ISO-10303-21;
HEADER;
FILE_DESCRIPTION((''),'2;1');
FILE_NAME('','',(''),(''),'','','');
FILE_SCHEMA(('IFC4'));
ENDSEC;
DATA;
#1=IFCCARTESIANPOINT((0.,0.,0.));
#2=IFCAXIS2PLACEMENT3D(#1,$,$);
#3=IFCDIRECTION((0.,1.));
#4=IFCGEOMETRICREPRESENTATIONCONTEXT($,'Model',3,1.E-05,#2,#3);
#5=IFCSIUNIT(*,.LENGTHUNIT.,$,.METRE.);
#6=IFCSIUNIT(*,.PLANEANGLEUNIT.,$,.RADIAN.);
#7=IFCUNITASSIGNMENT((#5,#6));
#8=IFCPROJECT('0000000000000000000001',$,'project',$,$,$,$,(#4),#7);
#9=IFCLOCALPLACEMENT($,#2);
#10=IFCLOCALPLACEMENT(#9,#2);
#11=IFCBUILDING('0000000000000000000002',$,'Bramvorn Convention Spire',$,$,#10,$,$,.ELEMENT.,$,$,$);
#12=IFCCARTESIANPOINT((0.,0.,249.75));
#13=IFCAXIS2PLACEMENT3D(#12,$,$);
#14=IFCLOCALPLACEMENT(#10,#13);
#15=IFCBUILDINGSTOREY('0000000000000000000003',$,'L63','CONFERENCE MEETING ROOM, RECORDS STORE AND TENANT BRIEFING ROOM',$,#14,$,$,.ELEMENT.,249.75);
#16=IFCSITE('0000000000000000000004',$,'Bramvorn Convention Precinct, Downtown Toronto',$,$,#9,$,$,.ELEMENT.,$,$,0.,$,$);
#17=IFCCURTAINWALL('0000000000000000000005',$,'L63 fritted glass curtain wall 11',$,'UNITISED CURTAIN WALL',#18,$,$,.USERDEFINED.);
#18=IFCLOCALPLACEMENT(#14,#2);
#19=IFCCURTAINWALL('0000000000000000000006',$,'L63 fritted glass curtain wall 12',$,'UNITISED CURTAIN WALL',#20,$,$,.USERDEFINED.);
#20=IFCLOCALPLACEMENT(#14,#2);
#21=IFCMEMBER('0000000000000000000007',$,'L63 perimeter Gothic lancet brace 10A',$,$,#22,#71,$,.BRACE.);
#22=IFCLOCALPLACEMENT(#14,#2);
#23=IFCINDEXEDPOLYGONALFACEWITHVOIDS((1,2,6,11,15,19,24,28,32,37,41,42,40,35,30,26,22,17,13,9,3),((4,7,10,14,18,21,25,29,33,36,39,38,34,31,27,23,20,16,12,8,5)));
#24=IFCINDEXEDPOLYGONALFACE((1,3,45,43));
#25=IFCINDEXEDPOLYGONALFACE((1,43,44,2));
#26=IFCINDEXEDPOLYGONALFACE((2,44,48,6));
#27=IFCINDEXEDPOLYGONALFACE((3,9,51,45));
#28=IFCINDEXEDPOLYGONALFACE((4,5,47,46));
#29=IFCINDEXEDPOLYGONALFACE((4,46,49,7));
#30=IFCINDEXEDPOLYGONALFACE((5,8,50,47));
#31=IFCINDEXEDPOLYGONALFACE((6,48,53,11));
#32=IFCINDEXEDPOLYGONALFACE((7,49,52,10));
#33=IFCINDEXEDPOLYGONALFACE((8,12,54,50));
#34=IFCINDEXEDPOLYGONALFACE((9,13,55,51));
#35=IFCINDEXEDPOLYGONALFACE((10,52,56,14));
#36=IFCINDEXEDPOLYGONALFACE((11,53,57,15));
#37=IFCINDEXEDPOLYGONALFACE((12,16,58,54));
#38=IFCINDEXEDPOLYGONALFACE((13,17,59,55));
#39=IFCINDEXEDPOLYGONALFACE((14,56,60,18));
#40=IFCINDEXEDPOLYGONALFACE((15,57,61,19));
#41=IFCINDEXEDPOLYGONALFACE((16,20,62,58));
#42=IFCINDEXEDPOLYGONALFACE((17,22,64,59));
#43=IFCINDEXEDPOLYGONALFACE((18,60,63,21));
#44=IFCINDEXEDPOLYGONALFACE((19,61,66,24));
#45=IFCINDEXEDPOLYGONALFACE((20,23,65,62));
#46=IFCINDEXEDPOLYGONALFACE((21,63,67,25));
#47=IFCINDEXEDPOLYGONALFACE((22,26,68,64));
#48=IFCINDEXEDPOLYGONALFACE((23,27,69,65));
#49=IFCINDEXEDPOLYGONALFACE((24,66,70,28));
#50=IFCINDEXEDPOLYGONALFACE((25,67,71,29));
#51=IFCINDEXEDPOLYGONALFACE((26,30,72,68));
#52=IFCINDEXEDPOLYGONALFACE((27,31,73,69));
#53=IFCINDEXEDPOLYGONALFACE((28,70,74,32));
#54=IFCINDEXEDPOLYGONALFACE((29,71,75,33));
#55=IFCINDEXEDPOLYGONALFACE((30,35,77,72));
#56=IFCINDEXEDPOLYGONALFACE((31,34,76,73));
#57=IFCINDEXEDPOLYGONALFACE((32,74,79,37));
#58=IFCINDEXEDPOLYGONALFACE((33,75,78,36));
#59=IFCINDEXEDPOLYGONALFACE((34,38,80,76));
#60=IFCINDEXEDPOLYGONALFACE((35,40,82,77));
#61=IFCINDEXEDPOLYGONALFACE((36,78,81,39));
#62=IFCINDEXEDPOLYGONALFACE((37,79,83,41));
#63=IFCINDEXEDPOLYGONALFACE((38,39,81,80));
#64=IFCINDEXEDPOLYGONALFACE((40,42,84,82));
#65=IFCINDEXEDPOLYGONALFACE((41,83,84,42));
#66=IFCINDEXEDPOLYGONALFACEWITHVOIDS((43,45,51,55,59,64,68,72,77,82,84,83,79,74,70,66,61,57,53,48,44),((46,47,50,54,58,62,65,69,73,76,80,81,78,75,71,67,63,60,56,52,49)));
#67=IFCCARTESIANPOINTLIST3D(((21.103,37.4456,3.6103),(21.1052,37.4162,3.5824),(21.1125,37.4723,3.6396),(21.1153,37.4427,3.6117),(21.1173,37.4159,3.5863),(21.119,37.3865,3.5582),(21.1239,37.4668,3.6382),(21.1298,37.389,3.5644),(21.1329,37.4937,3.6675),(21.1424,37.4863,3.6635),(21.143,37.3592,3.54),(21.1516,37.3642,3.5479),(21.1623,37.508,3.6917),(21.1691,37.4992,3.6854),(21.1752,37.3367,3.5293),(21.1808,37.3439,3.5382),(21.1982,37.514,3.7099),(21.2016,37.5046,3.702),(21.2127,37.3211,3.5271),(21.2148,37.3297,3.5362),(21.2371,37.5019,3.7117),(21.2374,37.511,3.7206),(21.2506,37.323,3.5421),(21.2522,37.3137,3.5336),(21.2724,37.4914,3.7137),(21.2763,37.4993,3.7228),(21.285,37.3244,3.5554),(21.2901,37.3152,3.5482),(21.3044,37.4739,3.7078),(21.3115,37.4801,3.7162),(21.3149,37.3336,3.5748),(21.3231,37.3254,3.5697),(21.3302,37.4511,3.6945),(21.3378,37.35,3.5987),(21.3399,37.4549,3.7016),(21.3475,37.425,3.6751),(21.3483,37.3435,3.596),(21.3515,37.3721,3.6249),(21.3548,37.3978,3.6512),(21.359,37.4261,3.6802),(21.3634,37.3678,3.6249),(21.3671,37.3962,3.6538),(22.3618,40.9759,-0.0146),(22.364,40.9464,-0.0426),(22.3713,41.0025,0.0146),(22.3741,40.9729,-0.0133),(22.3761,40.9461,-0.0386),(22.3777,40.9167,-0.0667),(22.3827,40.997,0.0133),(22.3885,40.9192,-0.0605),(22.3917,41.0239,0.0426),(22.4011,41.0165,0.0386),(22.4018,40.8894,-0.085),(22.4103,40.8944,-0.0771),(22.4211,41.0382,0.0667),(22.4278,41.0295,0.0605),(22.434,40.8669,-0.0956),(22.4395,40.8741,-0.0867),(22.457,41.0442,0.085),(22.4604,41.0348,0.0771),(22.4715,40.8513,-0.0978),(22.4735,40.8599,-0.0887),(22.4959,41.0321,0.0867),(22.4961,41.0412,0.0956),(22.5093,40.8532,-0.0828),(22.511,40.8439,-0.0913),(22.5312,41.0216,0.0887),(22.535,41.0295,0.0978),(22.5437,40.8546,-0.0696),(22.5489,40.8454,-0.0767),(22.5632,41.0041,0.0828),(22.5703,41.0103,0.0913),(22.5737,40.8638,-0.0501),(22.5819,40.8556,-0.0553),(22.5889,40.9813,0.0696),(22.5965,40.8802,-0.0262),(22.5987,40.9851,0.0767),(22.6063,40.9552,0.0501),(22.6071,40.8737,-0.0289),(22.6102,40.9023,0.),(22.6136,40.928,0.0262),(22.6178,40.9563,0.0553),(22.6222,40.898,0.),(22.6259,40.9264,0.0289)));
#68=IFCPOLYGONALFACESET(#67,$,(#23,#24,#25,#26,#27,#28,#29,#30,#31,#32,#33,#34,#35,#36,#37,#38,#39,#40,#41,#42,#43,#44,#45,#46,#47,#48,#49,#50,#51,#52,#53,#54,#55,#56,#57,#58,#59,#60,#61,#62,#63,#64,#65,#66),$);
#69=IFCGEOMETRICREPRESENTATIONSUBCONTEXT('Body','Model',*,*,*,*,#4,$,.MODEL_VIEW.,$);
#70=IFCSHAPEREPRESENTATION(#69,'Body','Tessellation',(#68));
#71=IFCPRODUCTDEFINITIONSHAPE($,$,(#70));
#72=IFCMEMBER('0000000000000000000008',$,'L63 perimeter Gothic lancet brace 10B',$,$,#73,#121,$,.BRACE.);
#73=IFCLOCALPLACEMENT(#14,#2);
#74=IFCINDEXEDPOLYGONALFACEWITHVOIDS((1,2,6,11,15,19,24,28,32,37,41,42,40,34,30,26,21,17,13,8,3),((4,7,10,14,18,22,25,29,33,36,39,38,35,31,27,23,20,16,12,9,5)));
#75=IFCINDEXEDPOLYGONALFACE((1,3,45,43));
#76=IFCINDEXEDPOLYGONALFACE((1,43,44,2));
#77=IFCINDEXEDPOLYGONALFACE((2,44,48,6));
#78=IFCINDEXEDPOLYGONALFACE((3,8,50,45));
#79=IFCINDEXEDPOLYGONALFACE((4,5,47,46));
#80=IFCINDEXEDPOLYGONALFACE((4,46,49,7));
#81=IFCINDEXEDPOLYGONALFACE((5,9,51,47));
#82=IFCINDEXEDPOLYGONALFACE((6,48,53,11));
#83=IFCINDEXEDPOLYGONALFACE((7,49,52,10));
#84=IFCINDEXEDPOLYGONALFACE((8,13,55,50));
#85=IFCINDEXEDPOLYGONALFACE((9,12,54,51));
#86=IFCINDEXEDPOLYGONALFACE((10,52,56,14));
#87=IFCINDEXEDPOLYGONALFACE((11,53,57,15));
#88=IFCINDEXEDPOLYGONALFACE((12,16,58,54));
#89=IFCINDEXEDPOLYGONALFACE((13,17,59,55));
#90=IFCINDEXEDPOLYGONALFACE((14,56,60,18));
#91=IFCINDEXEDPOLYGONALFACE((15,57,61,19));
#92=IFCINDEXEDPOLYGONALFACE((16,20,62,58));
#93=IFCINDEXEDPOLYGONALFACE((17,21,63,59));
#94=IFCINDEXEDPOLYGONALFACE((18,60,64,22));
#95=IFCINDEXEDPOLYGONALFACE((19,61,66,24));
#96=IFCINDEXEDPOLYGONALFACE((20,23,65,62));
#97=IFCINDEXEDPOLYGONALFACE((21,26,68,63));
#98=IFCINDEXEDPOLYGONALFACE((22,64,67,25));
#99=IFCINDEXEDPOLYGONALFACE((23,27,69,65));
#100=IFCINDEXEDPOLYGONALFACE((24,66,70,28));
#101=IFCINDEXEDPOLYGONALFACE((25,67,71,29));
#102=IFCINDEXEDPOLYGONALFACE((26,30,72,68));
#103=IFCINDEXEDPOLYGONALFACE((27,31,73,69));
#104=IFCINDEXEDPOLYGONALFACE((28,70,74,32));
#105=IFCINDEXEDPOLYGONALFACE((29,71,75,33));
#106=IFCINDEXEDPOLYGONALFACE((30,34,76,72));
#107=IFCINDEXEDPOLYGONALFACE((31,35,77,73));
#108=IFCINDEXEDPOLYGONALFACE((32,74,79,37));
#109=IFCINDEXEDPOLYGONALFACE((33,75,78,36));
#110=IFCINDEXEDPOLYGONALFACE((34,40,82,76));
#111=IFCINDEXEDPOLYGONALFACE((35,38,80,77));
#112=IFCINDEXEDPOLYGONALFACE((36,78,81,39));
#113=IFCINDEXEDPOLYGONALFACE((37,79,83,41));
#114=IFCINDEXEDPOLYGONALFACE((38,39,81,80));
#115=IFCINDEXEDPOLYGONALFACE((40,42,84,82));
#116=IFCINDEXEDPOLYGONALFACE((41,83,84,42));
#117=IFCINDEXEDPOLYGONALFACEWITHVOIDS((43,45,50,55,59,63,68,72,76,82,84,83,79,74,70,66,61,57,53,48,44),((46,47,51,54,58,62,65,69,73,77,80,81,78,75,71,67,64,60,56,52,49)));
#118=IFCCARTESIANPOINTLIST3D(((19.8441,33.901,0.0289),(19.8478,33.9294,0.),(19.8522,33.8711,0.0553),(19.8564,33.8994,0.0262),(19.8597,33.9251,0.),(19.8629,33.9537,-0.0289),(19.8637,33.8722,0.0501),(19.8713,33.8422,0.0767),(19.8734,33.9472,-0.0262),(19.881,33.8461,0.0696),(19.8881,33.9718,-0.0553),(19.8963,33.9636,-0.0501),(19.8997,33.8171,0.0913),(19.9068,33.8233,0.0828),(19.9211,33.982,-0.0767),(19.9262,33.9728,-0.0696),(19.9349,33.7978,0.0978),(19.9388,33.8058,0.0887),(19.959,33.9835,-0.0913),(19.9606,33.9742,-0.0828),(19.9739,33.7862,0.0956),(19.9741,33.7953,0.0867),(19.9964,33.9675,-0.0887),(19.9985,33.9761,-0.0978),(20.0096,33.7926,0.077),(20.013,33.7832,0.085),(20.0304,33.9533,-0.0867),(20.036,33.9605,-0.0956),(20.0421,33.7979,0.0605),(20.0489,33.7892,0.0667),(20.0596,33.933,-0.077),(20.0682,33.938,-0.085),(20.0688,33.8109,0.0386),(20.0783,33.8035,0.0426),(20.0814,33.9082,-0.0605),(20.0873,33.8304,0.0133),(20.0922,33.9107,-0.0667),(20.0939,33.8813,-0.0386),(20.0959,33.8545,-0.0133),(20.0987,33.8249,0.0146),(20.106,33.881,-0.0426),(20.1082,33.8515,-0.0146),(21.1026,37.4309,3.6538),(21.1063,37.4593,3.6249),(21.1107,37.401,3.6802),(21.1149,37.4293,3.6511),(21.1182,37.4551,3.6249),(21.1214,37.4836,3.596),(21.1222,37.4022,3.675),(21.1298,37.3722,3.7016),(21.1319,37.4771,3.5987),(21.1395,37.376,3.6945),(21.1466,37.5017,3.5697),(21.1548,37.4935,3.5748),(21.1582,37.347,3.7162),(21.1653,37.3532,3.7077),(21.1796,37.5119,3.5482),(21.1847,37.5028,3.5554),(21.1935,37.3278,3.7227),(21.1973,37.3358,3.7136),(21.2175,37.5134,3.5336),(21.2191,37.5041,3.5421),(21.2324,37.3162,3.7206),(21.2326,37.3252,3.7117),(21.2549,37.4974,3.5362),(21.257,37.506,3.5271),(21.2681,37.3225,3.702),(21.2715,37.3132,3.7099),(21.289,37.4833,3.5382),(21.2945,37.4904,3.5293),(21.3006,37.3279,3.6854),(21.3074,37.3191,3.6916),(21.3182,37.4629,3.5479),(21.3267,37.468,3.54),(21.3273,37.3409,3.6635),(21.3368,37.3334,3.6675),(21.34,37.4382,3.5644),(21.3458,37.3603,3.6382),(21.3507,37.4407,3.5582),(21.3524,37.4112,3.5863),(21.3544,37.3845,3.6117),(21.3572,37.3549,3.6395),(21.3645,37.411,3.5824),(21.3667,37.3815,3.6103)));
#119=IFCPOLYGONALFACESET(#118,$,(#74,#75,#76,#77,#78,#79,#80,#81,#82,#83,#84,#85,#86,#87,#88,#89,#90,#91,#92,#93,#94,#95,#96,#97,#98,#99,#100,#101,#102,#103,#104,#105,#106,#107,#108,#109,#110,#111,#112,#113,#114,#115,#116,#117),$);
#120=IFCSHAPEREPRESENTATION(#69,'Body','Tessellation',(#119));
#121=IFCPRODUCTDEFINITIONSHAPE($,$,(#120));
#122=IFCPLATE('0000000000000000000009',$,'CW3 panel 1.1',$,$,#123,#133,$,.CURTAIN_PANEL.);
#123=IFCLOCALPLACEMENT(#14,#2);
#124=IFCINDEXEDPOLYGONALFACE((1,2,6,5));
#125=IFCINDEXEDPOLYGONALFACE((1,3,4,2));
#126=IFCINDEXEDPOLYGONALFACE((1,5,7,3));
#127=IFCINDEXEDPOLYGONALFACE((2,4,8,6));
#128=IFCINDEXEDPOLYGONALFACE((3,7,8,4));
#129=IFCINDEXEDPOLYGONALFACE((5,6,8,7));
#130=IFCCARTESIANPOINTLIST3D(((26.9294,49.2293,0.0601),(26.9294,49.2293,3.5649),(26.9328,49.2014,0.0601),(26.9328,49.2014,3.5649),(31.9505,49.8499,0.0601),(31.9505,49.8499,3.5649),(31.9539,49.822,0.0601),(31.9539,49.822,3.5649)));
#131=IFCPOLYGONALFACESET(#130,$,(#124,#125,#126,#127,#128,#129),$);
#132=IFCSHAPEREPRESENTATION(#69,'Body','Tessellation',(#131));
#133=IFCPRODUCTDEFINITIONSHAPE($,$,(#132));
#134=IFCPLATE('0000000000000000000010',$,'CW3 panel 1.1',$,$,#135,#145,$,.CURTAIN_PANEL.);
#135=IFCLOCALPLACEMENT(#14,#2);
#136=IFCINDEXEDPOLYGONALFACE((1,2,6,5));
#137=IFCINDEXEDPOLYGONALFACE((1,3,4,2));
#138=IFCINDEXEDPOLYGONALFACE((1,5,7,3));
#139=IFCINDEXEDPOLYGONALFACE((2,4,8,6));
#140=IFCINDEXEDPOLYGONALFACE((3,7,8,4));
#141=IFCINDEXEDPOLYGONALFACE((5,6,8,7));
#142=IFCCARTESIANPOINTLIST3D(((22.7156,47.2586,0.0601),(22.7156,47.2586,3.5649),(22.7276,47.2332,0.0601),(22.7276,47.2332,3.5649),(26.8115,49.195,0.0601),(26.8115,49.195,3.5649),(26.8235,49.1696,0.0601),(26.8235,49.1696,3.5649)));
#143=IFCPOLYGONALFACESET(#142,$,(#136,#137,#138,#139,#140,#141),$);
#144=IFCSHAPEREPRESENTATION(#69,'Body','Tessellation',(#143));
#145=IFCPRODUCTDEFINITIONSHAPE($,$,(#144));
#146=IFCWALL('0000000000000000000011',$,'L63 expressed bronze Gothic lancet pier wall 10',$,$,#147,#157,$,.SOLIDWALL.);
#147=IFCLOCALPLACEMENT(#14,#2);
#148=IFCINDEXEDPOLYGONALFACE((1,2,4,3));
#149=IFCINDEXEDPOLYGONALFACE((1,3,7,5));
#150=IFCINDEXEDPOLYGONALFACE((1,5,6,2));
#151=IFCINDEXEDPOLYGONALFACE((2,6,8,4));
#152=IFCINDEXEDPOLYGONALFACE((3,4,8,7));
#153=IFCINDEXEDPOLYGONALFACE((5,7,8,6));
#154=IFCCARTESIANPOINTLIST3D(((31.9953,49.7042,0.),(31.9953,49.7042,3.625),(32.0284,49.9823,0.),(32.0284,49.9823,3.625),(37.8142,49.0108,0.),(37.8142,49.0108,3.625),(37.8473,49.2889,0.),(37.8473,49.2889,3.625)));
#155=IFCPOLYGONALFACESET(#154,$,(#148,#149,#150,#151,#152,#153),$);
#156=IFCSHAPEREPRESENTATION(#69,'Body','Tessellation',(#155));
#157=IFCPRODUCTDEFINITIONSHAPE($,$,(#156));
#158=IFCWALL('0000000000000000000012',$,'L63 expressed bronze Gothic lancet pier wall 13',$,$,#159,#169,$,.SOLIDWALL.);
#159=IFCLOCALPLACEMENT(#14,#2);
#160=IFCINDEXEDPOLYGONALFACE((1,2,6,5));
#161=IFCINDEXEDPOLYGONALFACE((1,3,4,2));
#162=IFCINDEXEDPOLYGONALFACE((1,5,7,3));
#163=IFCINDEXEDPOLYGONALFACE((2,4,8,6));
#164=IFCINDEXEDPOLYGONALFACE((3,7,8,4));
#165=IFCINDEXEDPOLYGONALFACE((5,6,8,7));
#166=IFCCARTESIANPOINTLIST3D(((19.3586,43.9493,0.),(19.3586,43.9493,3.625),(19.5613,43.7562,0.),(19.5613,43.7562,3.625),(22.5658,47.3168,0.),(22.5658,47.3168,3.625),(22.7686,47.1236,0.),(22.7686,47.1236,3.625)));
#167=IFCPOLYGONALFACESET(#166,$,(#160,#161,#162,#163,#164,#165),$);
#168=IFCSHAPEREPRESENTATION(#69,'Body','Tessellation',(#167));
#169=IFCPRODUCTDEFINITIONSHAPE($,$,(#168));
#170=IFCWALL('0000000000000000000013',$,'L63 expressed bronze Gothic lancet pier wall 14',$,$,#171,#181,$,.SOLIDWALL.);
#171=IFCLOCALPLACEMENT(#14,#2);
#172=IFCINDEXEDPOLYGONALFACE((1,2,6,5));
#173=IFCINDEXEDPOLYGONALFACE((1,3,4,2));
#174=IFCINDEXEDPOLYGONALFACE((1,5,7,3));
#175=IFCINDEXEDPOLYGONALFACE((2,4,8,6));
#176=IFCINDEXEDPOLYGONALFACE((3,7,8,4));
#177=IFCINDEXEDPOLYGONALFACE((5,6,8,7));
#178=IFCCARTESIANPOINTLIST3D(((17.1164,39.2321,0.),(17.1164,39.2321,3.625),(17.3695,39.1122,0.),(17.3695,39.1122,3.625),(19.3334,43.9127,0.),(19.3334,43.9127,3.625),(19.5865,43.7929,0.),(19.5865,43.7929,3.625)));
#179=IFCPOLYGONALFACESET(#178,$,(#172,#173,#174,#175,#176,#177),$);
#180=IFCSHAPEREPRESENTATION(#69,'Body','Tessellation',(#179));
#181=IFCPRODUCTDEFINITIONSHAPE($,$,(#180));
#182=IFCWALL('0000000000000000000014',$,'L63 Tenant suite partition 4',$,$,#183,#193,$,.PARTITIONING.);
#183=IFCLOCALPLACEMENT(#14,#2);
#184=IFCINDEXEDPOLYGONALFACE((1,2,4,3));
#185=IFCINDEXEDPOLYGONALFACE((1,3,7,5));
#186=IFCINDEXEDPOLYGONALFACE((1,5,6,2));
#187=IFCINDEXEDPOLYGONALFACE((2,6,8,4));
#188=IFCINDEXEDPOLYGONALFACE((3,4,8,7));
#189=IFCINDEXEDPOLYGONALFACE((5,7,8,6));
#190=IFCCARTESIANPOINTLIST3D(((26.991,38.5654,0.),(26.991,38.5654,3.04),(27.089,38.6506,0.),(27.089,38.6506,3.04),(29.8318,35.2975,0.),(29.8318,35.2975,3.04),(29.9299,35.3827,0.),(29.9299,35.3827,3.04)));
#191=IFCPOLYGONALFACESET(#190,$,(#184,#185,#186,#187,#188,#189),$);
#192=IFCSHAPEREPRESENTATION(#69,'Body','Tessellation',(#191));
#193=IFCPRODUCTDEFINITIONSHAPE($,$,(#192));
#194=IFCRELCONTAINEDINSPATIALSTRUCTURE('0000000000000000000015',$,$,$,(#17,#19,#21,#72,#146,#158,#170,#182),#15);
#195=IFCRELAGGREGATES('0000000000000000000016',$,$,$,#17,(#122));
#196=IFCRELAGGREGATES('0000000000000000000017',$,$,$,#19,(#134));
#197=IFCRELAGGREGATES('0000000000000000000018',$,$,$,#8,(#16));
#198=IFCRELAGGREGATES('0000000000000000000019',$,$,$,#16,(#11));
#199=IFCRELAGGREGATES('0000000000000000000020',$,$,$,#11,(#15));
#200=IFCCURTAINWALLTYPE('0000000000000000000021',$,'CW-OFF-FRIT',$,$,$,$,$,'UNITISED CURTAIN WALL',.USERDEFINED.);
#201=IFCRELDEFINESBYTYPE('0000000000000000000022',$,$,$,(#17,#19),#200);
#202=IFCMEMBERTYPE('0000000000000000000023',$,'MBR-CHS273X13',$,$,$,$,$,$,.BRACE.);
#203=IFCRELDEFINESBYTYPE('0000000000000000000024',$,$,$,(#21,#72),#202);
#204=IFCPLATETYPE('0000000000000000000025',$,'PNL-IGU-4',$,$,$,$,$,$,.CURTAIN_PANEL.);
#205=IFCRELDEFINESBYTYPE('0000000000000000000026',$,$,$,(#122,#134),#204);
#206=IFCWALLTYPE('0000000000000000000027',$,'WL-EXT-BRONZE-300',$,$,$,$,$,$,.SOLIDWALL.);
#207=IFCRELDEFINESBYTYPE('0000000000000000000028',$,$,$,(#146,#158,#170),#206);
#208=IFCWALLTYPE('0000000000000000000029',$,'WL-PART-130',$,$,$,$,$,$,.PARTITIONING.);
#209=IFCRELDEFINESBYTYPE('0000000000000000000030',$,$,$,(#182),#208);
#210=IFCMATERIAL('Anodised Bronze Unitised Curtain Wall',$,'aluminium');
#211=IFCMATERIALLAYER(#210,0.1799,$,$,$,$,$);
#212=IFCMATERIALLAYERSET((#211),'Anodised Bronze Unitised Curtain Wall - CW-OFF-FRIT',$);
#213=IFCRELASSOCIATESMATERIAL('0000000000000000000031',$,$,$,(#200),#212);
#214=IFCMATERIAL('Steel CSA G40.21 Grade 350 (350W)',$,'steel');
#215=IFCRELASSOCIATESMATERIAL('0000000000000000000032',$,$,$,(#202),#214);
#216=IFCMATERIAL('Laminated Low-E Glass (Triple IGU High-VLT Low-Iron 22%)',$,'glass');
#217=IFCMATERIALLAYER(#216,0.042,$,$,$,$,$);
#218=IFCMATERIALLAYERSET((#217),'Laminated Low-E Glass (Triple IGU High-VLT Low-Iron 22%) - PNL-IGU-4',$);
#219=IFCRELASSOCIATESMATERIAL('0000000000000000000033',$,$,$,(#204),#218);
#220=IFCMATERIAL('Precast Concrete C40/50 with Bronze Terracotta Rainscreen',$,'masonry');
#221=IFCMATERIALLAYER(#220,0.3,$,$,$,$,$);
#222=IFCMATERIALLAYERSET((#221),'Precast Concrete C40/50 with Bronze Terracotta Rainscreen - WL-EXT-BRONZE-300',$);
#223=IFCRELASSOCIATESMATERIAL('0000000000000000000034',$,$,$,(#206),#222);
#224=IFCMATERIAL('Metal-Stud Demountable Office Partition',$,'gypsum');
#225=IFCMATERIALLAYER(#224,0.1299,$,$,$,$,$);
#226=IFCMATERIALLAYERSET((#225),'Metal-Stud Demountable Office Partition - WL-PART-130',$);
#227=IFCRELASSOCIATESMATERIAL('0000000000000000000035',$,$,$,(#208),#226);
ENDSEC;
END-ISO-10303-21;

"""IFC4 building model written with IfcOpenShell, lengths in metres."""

from ifc_helpers import new_model, si_unit, direction, frame, frame_2d, origin, origin_2d, place, context, subcontext, project, spatial, rectangle, hollow_circle, extrude, material, layer, layer_set, material_profile, profile_set, type_object, element, aggregate, save


model = new_model("IFC4")

# Units and contexts
model_context = context("Model", 3, precision=1e-05, world=origin(), true_north=direction((0.0, 1.0)))
body_context = subcontext(model_context, "Body", "Model", "MODEL_VIEW")
ifc_project = project(units=[si_unit("LENGTHUNIT", "METRE"), si_unit("PLANEANGLEUNIT", "RADIAN")], contexts=[model_context])

# Site, building, storey
site_placement = place(None, origin())
site = spatial("IfcSite", under=ifc_project, at=site_placement, Name="Bramvorn Convention Precinct, Downtown Toronto", CompositionType="ELEMENT", RefElevation=0.0)
building_placement = place(site_placement, origin())
building = spatial("IfcBuilding", under=site, at=building_placement, Name="Bramvorn Convention Spire", CompositionType="ELEMENT")
storey_placement = place(building_placement, frame((0.0, 0.0, 249.75)))
storey = spatial("IfcBuildingStorey", under=building, at=storey_placement, Name="L63", Description="CONFERENCE MEETING ROOM, RECORDS STORE AND TENANT BRIEFING ROOM", CompositionType="ELEMENT", Elevation=249.75)

# Shared definitions
ifc_material_1 = material(Name="Steel CSA G40.21 Grade 350 (350W)", Category="steel")

# Curtain walls
ifc_material_2 = material(Name="Anodised Bronze Unitised Curtain Wall", Category="aluminium")
ifc_layer_1 = layer(ifc_material_2, 0.1799)
ifc_layer_set_1 = layer_set([ifc_layer_1], Name="Anodised Bronze Unitised Curtain Wall - CW-OFF-FRIT")
curtain_wall_type = type_object("IfcCurtainWallType", Name="CW-OFF-FRIT", ElementType="UNITISED CURTAIN WALL", PredefinedType="USERDEFINED", material=ifc_layer_set_1)
curtain_wall_1_placement = place(storey_placement, origin())
curtain_wall_1 = element("IfcCurtainWall", 1, at=curtain_wall_1_placement, inside=storey, type_object=curtain_wall_type, Name="L63 fritted glass curtain wall 11", ObjectType="UNITISED CURTAIN WALL", PredefinedType="USERDEFINED")
curtain_wall_2_placement = place(storey_placement, origin())
curtain_wall_2 = element("IfcCurtainWall", 2, at=curtain_wall_2_placement, inside=storey, type_object=curtain_wall_type, Name="L63 fritted glass curtain wall 12", ObjectType="UNITISED CURTAIN WALL", PredefinedType="USERDEFINED")

# Members
ifc_material_profile_1 = material_profile(ifc_material_1, hollow_circle(Radius=0.1365, WallThickness=0.0127, at=origin_2d()))
ifc_profile_set_1 = profile_set([ifc_material_profile_1], Name="Steel CSA G40.21 Grade 350 (350W) - CHS273X13")
member_type_1 = type_object("IfcMemberType", Name="MBR-CHS273X13", PredefinedType="BRACE", material=ifc_profile_set_1)
member_1_placement = place(storey_placement, frame((22.4937, 40.9438, 0.0), z_axis=(-0.241415, -0.677048, 0.695215), x_axis=(0.941913, -0.335858, 0.0)))
element("IfcMember", 3, at=member_1_placement, inside=storey, type_object=member_type_1, Name="L63 perimeter Gothic lancet brace 10A", PredefinedType="BRACE", context=body_context, shape_type="SweptSolid", body=[
    extrude(hollow_circle(Radius=0.1365, WallThickness=0.0127, at=origin_2d()), origin(), (0.0, 0.0, 1.0), 5.2141),
])
member_2_placement = place(storey_placement, frame((19.9763, 33.8835, 0.0), z_axis=(0.241379, 0.677031, 0.695245), x_axis=(-0.941926, 0.33582, 0.0)))
element("IfcMember", 4, at=member_2_placement, inside=storey, type_object=member_type_1, Name="L63 perimeter Gothic lancet brace 10B", PredefinedType="BRACE", context=body_context, shape_type="SweptSolid", body=[
    extrude(hollow_circle(Radius=0.1365, WallThickness=0.0127, at=origin_2d()), origin(), (0.0, 0.0, 1.0), 5.2139),
])

# Plates
ifc_material_3 = material(Name="Laminated Low-E Glass (Triple IGU High-VLT Low-Iron 22%)", Category="glass")
ifc_layer_2 = layer(ifc_material_3, 0.042)
ifc_layer_set_2 = layer_set([ifc_layer_2], Name="Laminated Low-E Glass (Triple IGU High-VLT Low-Iron 22%) - PNL-IGU-4")
plate_type = type_object("IfcPlateType", Name="PNL-IGU-4", PredefinedType="CURTAIN_PANEL", material=ifc_layer_set_2)
plate_1_placement = place(storey_placement, frame((29.4417, 49.5256, 0.0601), z_axis=(0.0, 0.0, 1.0), x_axis=(0.992448, 0.122663, 0.0)))
plate_1 = element("IfcPlate", 5, at=plate_1_placement, type_object=plate_type, Name="CW3 panel 1.1", PredefinedType="CURTAIN_PANEL", context=body_context, shape_type="SweptSolid", body=[
    extrude(rectangle(XDim=5.0593, YDim=0.0281, at=origin_2d()), origin(), (0.0, 0.0, 1.0), 3.5049),
])
aggregate(curtain_wall_1, [plate_1])
plate_2_placement = place(storey_placement, frame((24.7695, 48.2141, 0.0601), z_axis=(0.0, 0.0, 1.0), x_axis=(0.904059, 0.427409, 0.0)))
plate_2 = element("IfcPlate", 6, at=plate_2_placement, type_object=plate_type, Name="CW3 panel 1.1", PredefinedType="CURTAIN_PANEL", context=body_context, shape_type="SweptSolid", body=[
    extrude(rectangle(XDim=4.5305, YDim=0.0281, at=origin_2d()), origin(), (0.0, 0.0, 1.0), 3.5049),
])
aggregate(curtain_wall_2, [plate_2])

# Walls
ifc_material_4 = material(Name="Precast Concrete C40/50 with Bronze Terracotta Rainscreen", Category="masonry")
ifc_layer_3 = layer(ifc_material_4, 0.3)
ifc_layer_set_3 = layer_set([ifc_layer_3], Name="Precast Concrete C40/50 with Bronze Terracotta Rainscreen - WL-EXT-BRONZE-300")
wall_type_1 = type_object("IfcWallType", Name="WL-EXT-BRONZE-300", PredefinedType="SOLIDWALL", material=ifc_layer_set_3)
wall_1_placement = place(storey_placement, frame((32.0117, 49.8433, 0.0), z_axis=(0.0, 0.0, 1.0), x_axis=(0.992975, -0.11832, 0.0)))
element("IfcWall", 7, at=wall_1_placement, inside=storey, type_object=wall_type_1, Name="L63 expressed bronze Gothic lancet pier wall 10", PredefinedType="SOLIDWALL", context=body_context, shape_type="SweptSolid", body=[
    extrude(rectangle(XDim=5.8601, YDim=0.28, at=frame_2d((2.9302, 0.0))), origin(), (0.0, 0.0, 1.0), 3.625),
])
wall_2_placement = place(storey_placement, frame((19.46, 43.8528, 0.0), z_axis=(0.0, 0.0, 1.0), x_axis=(0.689677, 0.724117, 0.0)))
element("IfcWall", 8, at=wall_2_placement, inside=storey, type_object=wall_type_1, Name="L63 expressed bronze Gothic lancet pier wall 13", PredefinedType="SOLIDWALL", context=body_context, shape_type="SweptSolid", body=[
    extrude(rectangle(XDim=4.6504, YDim=0.28, at=frame_2d((2.3252, 0.0))), origin(), (0.0, 0.0, 1.0), 3.625),
])
wall_3_placement = place(storey_placement, frame((17.2429, 39.1721, 0.0), z_axis=(0.0, 0.0, 1.0), x_axis=(0.428068, 0.903746, 0.0)))
element("IfcWall", 9, at=wall_3_placement, inside=storey, type_object=wall_type_1, Name="L63 expressed bronze Gothic lancet pier wall 14", PredefinedType="SOLIDWALL", context=body_context, shape_type="SweptSolid", body=[
    extrude(rectangle(XDim=5.1792, YDim=0.28, at=frame_2d((2.5896, 0.0))), origin(), (0.0, 0.0, 1.0), 3.625),
])
ifc_material_5 = material(Name="Metal-Stud Demountable Office Partition", Category="gypsum")
ifc_layer_4 = layer(ifc_material_5, 0.1299)
ifc_layer_set_4 = layer_set([ifc_layer_4], Name="Metal-Stud Demountable Office Partition - WL-PART-130")
wall_type_2 = type_object("IfcWallType", Name="WL-PART-130", PredefinedType="PARTITIONING", material=ifc_layer_set_4)
wall_4_placement = place(storey_placement, frame((29.8809, 35.3401, 0.0), z_axis=(0.0, 0.0, 1.0), x_axis=(-0.656078, 0.754693, 0.0)))
element("IfcWall", 10, at=wall_4_placement, inside=storey, type_object=wall_type_2, Name="L63 Tenant suite partition 4", PredefinedType="PARTITIONING", context=body_context, shape_type="SweptSolid", body=[
    extrude(rectangle(XDim=4.3301, YDim=0.1299, at=frame_2d((2.165, 0.0))), origin(), (0.0, 0.0, 1.0), 3.04),
])

save(model, "model.ifc")
